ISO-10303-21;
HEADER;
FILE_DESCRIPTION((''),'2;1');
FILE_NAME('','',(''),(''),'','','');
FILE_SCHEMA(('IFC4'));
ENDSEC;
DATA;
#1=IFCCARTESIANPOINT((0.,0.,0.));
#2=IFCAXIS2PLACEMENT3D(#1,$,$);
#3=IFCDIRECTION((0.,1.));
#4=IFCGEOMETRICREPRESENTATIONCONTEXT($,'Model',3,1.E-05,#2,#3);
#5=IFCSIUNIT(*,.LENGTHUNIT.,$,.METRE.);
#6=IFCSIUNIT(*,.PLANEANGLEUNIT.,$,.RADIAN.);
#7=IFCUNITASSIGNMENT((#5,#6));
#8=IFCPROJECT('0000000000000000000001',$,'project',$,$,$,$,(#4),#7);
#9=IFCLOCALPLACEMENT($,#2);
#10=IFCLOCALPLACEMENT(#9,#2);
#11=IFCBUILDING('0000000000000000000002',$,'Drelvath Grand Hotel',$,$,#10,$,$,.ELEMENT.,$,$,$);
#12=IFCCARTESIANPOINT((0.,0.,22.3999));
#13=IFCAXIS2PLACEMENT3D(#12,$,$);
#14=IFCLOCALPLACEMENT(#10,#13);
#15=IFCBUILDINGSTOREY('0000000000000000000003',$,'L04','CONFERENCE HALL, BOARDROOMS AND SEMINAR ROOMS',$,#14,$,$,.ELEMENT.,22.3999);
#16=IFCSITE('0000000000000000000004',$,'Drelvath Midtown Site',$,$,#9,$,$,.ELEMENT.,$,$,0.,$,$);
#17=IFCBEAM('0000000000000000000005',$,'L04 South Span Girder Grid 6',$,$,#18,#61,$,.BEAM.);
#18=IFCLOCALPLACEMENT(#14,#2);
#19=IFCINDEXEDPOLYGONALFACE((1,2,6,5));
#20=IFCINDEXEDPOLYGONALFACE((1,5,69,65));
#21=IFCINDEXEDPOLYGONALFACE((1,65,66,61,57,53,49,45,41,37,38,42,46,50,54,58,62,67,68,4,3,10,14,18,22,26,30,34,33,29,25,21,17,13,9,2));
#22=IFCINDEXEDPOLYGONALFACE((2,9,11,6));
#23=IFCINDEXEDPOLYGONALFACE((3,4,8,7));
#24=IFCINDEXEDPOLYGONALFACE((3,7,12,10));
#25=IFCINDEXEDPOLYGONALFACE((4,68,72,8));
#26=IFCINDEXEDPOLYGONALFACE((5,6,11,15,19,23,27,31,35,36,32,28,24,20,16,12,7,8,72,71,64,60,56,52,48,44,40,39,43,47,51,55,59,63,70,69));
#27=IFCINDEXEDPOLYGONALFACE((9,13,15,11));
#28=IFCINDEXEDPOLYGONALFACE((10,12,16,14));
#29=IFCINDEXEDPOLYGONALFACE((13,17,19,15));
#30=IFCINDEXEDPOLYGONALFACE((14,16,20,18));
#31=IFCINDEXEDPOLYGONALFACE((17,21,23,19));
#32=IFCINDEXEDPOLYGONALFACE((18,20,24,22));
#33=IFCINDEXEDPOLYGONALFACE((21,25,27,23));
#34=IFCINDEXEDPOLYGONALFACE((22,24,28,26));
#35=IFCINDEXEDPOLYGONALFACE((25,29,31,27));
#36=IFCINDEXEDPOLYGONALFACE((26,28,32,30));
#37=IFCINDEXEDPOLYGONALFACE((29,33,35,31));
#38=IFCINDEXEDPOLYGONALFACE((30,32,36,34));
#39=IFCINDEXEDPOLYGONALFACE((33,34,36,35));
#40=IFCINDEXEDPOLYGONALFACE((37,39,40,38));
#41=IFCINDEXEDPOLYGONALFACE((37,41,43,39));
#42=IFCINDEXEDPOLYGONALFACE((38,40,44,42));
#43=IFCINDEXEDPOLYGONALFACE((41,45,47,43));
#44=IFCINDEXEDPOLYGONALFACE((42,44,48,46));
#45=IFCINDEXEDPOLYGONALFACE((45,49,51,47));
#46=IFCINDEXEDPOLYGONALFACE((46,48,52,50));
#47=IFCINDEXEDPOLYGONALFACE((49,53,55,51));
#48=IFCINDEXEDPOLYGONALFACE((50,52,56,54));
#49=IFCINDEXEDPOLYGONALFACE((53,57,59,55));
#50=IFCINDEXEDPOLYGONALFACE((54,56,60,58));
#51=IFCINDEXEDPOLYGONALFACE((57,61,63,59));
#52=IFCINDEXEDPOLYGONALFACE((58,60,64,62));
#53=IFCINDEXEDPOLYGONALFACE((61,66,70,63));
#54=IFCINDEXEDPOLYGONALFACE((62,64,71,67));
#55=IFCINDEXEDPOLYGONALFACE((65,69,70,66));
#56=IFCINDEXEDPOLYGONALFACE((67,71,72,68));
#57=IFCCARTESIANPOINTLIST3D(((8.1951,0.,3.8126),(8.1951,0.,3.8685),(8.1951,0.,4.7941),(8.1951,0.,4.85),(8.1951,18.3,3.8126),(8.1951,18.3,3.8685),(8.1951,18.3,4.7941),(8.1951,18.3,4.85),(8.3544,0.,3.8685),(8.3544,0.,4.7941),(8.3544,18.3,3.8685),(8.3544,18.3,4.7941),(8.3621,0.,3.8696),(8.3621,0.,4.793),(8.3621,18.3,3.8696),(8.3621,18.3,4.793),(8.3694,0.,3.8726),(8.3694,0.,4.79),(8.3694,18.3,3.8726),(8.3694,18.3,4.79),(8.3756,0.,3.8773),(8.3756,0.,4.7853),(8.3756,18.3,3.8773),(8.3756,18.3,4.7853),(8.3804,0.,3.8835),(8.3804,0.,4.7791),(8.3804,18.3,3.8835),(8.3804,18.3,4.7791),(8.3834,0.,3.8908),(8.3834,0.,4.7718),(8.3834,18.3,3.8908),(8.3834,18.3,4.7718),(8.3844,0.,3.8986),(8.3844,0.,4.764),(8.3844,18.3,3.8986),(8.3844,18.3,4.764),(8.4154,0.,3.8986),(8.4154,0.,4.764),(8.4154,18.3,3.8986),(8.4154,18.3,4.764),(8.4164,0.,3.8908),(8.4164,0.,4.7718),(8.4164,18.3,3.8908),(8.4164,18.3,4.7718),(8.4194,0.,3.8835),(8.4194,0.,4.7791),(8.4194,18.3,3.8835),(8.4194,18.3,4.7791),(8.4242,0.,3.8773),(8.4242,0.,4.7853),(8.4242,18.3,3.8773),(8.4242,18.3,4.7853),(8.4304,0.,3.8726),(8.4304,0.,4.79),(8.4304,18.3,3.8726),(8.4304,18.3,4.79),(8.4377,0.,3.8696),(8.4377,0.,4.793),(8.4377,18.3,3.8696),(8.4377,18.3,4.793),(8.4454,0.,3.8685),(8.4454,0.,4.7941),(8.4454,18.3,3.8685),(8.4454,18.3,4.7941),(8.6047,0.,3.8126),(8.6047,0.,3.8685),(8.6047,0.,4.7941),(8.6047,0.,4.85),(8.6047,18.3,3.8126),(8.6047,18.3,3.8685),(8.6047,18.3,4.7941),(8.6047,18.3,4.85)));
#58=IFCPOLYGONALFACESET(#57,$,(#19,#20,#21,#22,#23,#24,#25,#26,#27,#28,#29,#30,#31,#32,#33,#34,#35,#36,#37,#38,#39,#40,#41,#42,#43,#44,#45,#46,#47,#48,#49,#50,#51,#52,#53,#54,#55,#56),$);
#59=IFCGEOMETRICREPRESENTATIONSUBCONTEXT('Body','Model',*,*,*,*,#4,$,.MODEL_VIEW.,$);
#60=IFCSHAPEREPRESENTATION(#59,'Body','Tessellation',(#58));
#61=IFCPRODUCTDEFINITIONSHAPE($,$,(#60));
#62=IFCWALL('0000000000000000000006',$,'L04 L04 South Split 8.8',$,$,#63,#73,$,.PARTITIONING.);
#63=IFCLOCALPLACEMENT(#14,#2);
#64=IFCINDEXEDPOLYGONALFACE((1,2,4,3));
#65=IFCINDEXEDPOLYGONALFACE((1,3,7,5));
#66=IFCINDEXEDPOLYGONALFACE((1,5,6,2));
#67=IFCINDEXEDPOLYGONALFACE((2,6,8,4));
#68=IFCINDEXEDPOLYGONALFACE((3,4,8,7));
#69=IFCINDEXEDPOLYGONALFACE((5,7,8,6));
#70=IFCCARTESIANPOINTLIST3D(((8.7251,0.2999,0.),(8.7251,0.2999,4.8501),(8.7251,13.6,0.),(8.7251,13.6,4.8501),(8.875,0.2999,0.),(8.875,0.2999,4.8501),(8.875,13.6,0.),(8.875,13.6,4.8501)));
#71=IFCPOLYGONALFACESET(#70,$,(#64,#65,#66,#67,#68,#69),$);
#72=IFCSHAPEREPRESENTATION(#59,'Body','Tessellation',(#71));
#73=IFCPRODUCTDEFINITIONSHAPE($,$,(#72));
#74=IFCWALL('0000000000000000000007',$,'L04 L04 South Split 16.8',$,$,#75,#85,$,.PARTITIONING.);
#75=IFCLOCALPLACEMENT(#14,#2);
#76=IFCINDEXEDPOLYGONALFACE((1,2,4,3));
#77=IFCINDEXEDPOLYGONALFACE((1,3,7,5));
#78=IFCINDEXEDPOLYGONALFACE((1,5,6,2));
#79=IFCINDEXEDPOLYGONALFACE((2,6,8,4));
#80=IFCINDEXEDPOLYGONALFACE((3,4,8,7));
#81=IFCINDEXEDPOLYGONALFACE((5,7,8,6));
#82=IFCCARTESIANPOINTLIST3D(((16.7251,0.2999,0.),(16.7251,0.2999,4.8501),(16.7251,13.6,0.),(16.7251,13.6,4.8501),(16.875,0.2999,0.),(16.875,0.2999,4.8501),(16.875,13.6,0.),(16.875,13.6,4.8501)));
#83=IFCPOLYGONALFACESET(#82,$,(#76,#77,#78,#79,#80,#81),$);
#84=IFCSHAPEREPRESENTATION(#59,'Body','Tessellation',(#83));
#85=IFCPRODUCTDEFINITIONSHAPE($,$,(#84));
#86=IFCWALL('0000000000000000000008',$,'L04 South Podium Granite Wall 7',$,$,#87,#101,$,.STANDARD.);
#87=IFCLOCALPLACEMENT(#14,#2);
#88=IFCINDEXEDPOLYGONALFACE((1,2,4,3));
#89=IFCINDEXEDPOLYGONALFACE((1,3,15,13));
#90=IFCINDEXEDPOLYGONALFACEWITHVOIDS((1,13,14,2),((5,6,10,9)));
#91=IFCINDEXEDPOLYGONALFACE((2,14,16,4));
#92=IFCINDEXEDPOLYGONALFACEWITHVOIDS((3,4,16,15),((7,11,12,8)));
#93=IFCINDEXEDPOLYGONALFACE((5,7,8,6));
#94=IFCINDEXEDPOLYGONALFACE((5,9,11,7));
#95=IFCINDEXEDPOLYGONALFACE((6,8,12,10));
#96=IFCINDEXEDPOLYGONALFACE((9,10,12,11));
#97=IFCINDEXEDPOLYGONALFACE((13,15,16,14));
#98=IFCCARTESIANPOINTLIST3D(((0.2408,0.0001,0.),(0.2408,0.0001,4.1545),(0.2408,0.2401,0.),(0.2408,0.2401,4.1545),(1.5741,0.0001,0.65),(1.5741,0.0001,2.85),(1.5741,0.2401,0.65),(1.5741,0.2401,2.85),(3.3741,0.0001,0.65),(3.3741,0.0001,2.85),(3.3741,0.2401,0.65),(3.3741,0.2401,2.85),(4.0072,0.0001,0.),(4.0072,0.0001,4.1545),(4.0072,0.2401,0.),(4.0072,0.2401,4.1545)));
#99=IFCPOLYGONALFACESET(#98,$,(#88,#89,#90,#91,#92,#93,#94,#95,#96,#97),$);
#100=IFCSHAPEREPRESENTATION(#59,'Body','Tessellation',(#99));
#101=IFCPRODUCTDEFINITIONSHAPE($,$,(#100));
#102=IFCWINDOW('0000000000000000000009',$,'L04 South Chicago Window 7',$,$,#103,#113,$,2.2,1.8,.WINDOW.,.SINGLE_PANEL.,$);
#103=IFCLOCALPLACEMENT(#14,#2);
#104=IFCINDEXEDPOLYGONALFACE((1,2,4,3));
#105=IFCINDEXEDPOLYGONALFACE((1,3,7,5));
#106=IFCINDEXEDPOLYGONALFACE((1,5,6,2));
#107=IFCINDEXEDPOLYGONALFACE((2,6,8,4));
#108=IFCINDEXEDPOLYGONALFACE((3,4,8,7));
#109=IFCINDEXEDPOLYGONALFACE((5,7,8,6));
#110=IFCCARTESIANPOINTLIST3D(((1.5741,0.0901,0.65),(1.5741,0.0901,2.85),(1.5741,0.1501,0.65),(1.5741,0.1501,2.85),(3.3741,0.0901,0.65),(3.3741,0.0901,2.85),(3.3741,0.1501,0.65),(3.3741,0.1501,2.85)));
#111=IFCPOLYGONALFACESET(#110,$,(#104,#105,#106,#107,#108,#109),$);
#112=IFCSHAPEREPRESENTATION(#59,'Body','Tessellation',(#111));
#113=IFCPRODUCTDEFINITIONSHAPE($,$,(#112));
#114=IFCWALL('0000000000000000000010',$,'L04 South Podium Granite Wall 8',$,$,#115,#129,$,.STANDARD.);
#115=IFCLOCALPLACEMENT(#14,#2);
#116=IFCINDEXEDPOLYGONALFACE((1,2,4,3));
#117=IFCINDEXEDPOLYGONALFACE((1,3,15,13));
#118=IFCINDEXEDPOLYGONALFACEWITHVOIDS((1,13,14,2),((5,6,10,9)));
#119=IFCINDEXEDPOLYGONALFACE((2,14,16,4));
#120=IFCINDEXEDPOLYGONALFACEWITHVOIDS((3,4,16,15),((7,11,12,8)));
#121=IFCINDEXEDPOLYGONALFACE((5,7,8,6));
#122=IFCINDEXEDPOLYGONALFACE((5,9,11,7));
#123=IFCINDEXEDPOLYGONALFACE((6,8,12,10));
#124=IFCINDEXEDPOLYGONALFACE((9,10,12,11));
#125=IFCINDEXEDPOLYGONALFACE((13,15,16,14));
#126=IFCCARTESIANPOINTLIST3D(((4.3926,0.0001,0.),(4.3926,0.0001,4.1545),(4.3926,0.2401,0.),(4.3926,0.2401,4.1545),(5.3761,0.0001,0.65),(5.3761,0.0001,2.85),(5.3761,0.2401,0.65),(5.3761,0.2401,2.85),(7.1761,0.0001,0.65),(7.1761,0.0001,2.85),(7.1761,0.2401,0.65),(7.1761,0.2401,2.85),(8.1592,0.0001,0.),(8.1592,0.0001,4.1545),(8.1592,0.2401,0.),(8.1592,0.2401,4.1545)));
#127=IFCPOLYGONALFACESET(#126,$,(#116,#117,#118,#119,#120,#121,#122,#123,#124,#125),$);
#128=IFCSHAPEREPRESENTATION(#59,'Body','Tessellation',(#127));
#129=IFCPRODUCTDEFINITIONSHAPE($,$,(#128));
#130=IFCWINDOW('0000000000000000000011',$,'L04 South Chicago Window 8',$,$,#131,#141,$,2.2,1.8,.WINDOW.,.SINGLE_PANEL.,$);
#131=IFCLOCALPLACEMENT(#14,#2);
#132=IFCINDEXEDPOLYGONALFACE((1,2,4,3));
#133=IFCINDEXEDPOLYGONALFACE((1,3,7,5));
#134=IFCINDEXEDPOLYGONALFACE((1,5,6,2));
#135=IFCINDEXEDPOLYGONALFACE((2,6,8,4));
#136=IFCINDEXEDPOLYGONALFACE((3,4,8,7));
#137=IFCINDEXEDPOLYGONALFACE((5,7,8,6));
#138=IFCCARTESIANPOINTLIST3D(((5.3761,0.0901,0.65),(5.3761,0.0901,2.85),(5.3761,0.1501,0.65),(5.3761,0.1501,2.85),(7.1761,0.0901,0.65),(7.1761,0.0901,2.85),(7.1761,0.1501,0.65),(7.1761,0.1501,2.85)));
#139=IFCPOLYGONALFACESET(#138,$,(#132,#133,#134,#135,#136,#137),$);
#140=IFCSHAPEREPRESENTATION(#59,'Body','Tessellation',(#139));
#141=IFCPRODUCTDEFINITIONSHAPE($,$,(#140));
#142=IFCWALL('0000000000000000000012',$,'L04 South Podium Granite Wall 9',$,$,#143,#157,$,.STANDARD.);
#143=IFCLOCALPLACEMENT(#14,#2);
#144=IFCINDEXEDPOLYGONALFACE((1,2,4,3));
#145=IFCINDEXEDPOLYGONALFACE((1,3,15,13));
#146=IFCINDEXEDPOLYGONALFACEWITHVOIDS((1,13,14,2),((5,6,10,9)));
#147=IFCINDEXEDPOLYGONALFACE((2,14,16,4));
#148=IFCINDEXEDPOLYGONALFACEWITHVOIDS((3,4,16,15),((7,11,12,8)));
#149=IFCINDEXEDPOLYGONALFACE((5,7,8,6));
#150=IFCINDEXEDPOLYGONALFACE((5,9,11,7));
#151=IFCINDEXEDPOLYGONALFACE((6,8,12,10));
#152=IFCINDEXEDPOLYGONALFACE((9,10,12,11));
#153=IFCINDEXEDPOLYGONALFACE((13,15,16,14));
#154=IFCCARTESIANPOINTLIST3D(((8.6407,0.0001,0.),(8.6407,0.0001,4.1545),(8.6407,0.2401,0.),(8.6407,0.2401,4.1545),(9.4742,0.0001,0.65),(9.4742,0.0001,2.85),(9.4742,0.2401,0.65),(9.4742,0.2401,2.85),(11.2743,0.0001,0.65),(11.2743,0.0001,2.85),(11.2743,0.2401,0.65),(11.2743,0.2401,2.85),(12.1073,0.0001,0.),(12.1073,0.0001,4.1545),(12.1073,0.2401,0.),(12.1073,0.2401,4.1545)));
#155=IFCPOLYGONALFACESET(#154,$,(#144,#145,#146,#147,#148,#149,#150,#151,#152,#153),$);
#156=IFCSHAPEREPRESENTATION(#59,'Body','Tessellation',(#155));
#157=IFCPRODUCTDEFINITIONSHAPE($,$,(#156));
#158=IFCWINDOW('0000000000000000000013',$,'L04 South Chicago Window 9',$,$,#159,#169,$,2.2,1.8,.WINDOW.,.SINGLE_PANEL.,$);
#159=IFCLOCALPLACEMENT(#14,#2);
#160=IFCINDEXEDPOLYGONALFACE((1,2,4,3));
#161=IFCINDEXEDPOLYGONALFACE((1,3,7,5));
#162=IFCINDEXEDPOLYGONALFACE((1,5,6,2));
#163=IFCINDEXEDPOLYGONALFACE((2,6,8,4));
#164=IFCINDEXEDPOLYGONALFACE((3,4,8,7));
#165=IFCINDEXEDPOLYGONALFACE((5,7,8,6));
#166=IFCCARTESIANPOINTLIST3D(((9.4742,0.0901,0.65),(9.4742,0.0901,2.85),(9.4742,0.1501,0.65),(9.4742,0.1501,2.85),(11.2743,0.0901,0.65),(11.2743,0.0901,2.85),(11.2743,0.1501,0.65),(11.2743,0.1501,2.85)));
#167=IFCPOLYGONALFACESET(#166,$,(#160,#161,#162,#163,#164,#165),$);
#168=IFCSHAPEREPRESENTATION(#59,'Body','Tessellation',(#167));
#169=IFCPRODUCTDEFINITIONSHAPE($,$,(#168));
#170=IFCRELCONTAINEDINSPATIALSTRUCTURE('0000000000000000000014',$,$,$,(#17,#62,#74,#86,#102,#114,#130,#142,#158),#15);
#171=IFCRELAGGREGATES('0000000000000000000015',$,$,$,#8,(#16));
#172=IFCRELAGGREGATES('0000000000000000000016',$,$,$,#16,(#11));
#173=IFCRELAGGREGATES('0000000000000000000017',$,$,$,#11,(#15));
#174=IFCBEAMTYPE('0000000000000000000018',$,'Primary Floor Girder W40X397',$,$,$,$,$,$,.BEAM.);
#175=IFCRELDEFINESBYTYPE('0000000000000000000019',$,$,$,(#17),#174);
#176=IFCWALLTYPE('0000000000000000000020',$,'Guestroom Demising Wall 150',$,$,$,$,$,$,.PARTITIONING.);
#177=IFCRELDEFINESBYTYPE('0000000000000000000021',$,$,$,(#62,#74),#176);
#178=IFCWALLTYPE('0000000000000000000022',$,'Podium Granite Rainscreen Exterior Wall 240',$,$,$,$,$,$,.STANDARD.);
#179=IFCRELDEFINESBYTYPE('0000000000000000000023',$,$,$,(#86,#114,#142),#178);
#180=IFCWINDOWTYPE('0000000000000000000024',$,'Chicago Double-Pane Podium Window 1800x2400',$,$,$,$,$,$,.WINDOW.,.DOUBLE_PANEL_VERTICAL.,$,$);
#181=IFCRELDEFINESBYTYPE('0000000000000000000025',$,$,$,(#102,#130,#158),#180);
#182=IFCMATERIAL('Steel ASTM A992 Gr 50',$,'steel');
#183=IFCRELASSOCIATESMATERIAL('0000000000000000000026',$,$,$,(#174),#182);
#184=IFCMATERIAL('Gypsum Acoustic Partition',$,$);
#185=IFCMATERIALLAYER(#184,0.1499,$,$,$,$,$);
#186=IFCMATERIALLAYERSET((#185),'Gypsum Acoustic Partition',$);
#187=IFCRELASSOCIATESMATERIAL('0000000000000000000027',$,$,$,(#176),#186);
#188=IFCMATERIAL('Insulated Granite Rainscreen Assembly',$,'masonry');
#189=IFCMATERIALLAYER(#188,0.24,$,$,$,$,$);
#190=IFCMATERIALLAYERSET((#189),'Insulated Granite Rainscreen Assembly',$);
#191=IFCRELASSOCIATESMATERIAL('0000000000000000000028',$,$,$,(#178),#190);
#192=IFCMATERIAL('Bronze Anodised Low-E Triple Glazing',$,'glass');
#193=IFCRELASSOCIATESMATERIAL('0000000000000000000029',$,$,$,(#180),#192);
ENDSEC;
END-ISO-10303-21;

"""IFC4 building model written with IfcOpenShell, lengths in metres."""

from ifc_helpers import new_model, si_unit, direction, frame, frame_2d, origin, origin_2d, place, context, subcontext, project, spatial, rectangle, i_section, extrude, material, layer, layer_set, material_profile, profile_set, type_object, element, fill, save


model = new_model("IFC4")

# Units and contexts
model_context = context("Model", 3, precision=1e-05, world=origin(), true_north=direction((0.0, 1.0)))
body_context = subcontext(model_context, "Body", "Model", "MODEL_VIEW")
ifc_project = project(units=[si_unit("LENGTHUNIT", "METRE"), si_unit("PLANEANGLEUNIT", "RADIAN")], contexts=[model_context])

# Site, building, storey
site_placement = place(None, origin())
site = spatial("IfcSite", under=ifc_project, at=site_placement, Name="Drelvath Midtown Site", CompositionType="ELEMENT", RefElevation=0.0)
building_placement = place(site_placement, origin())
building = spatial("IfcBuilding", under=site, at=building_placement, Name="Drelvath Grand Hotel", CompositionType="ELEMENT")
storey_placement = place(building_placement, frame((0.0, 0.0, 22.3999)))
storey = spatial("IfcBuildingStorey", under=building, at=storey_placement, Name="L04", Description="CONFERENCE HALL, BOARDROOMS AND SEMINAR ROOMS", CompositionType="ELEMENT", Elevation=22.3999)

# Beam
ifc_material_1 = material(Name="Steel ASTM A992 Gr 50", Category="steel")
ifc_material_profile_1 = material_profile(ifc_material_1, i_section(OverallWidth=0.4097, OverallDepth=1.0374, WebThickness=0.031, FlangeThickness=0.0559, FilletRadius=0.03, at=origin_2d()), Name="W40X397")
ifc_profile_set_1 = profile_set([ifc_material_profile_1], Name="Steel ASTM A992 Gr 50")
beam_type_1 = type_object("IfcBeamType", Name="Primary Floor Girder W40X397", PredefinedType="BEAM", material=ifc_profile_set_1)
beam_1_placement = place(storey_placement, frame((8.3999, 0.0, 4.3313), z_axis=(0.0, 1.0, 0.0), x_axis=(-1.0, 0.0, 0.0)))
element("IfcBeam", 1, at=beam_1_placement, inside=storey, type_object=beam_type_1, Name="L04 South Span Girder Grid 6", PredefinedType="BEAM", context=body_context, shape_type="SweptSolid", body=[
    extrude(i_section(OverallWidth=0.4097, OverallDepth=1.0374, WebThickness=0.031, FlangeThickness=0.0559, FilletRadius=0.03, at=origin_2d()), origin(), (0.0, 0.0, 1.0), 18.3),
])

# Walls
ifc_material_2 = material(Name="Gypsum Acoustic Partition")
ifc_layer_1 = layer(ifc_material_2, 0.1499)
ifc_layer_set_1 = layer_set([ifc_layer_1], Name="Gypsum Acoustic Partition")
wall_type_1 = type_object("IfcWallType", Name="Guestroom Demising Wall 150", PredefinedType="PARTITIONING", material=ifc_layer_set_1)
for number, where, z_axis, x_axis, name in (
    (2, (8.8, 0.3, 0.0), (0.0, 0.0, 1.0), (0.0, 1.0, 0.0), "L04 L04 South Split 8.8"),
    (3, (16.8, 0.3, 0.0), (0.0, 0.0, 1.0), (0.0, 1.0, 0.0), "L04 L04 South Split 16.8"),
):
    element("IfcWall", number, at=place(storey_placement, frame(where, z_axis=z_axis, x_axis=x_axis)), inside=storey, type_object=wall_type_1, Name=name, PredefinedType="PARTITIONING", context=body_context, shape_type="SweptSolid", body=[
        extrude(rectangle(XDim=13.3, YDim=0.1499, at=frame_2d((6.6499, 0.0))), origin(), (0.0, 0.0, 1.0), 4.8501),
    ])

# Walls, openings, windows
ifc_material_3 = material(Name="Insulated Granite Rainscreen Assembly", Category="masonry")
ifc_layer_2 = layer(ifc_material_3, 0.24)
ifc_layer_set_2 = layer_set([ifc_layer_2], Name="Insulated Granite Rainscreen Assembly")
wall_type_2 = type_object("IfcWallType", Name="Podium Granite Rainscreen Exterior Wall 240", PredefinedType="STANDARD", material=ifc_layer_set_2)
wall_1_placement = place(storey_placement, frame((4.0073, 0.1201, 0.0), z_axis=(0.0, 0.0, 1.0), x_axis=(-1.0, 0.0, 0.0)))
wall_1 = element("IfcWall", 4, at=wall_1_placement, inside=storey, type_object=wall_type_2, Name="L04 South Podium Granite Wall 7", PredefinedType="STANDARD", context=body_context, shape_type="SweptSolid", body=[
    extrude(rectangle(XDim=3.7664, YDim=0.24, at=frame_2d((1.8833, 0.0))), origin(), (0.0, 0.0, 1.0), 4.1545),
])
opening_1_placement = place(wall_1_placement, frame((0.6333, 0.0, 0.6499)))
opening_1 = element("IfcOpeningElement", 5, at=opening_1_placement, cuts=wall_1, PredefinedType="OPENING", context=body_context, shape_type="SweptSolid", body=[
    extrude(rectangle(XDim=1.8, YDim=2.2, at=frame_2d((0.8999, 1.1001))), frame((0.0, 0.1299, 0.0), z_axis=(0.0, -1.0, 0.0), x_axis=(1.0, 0.0, 0.0)), (0.0, 0.0, 1.0), 0.26),
])
ifc_material_4 = material(Name="Bronze Anodised Low-E Triple Glazing", Category="glass")
window_type = type_object("IfcWindowType", Name="Chicago Double-Pane Podium Window 1800x2400", PartitioningType="DOUBLE_PANEL_VERTICAL", PredefinedType="WINDOW", material=ifc_material_4)
window_1_placement = place(opening_1_placement, origin())
window_1 = element("IfcWindow", 6, at=window_1_placement, inside=storey, type_object=window_type, Name="L04 South Chicago Window 7", OverallHeight=2.2, OverallWidth=1.8, PartitioningType="SINGLE_PANEL", PredefinedType="WINDOW", context=body_context, shape_type="SweptSolid", body=[
    extrude(rectangle(XDim=1.8, YDim=2.2, at=frame_2d((0.8999, 1.1001))), frame((0.0, 0.03, 0.0), z_axis=(0.0, -1.0, 0.0), x_axis=(1.0, 0.0, 0.0)), (0.0, 0.0, 1.0), 0.0601),
])
fill(opening_1, window_1)
wall_2_placement = place(storey_placement, frame((8.1592, 0.1201, 0.0), z_axis=(0.0, 0.0, 1.0), x_axis=(-1.0, 0.0, 0.0)))
wall_2 = element("IfcWall", 7, at=wall_2_placement, inside=storey, type_object=wall_type_2, Name="L04 South Podium Granite Wall 8", PredefinedType="STANDARD", context=body_context, shape_type="SweptSolid", body=[
    extrude(rectangle(XDim=3.7666, YDim=0.24, at=frame_2d((1.8833, 0.0))), origin(), (0.0, 0.0, 1.0), 4.1545),
])
opening_2_placement = place(wall_2_placement, frame((0.9832, 0.0, 0.6499)))
opening_2 = element("IfcOpeningElement", 8, at=opening_2_placement, cuts=wall_2, PredefinedType="OPENING", context=body_context, shape_type="SweptSolid", body=[
    extrude(rectangle(XDim=1.8, YDim=2.2, at=frame_2d((0.8999, 1.1001))), frame((0.0, 0.1299, 0.0), z_axis=(0.0, -1.0, 0.0), x_axis=(1.0, 0.0, 0.0)), (0.0, 0.0, 1.0), 0.26),
])
window_2_placement = place(opening_2_placement, origin())
window_2 = element("IfcWindow", 9, at=window_2_placement, inside=storey, type_object=window_type, Name="L04 South Chicago Window 8", OverallHeight=2.2, OverallWidth=1.8, PartitioningType="SINGLE_PANEL", PredefinedType="WINDOW", context=body_context, shape_type="SweptSolid", body=[
    extrude(rectangle(XDim=1.8, YDim=2.2, at=frame_2d((0.8999, 1.1001))), frame((0.0, 0.03, 0.0), z_axis=(0.0, -1.0, 0.0), x_axis=(1.0, 0.0, 0.0)), (0.0, 0.0, 1.0), 0.0601),
])
fill(opening_2, window_2)
wall_3_placement = place(storey_placement, frame((12.1074, 0.1201, 0.0), z_axis=(0.0, 0.0, 1.0), x_axis=(-1.0, 0.0, 0.0)))
wall_3 = element("IfcWall", 10, at=wall_3_placement, inside=storey, type_object=wall_type_2, Name="L04 South Podium Granite Wall 9", PredefinedType="STANDARD", context=body_context, shape_type="SweptSolid", body=[
    extrude(rectangle(XDim=3.4666, YDim=0.24, at=frame_2d((1.7334, 0.0))), origin(), (0.0, 0.0, 1.0), 4.1545),
])
opening_3_placement = place(wall_3_placement, frame((0.8333, 0.0, 0.6499)))
opening_3 = element("IfcOpeningElement", 11, at=opening_3_placement, cuts=wall_3, PredefinedType="OPENING", context=body_context, shape_type="SweptSolid", body=[
    extrude(rectangle(XDim=1.8, YDim=2.2, at=frame_2d((0.8999, 1.1001))), frame((0.0, 0.1299, 0.0), z_axis=(0.0, -1.0, 0.0), x_axis=(1.0, 0.0, 0.0)), (0.0, 0.0, 1.0), 0.26),
])
window_3_placement = place(opening_3_placement, origin())
window_3 = element("IfcWindow", 12, at=window_3_placement, inside=storey, type_object=window_type, Name="L04 South Chicago Window 9", OverallHeight=2.2, OverallWidth=1.8, PartitioningType="SINGLE_PANEL", PredefinedType="WINDOW", context=body_context, shape_type="SweptSolid", body=[
    extrude(rectangle(XDim=1.8, YDim=2.2, at=frame_2d((0.8999, 1.1001))), frame((0.0, 0.03, 0.0), z_axis=(0.0, -1.0, 0.0), x_axis=(1.0, 0.0, 0.0)), (0.0, 0.0, 1.0), 0.0601),
])
fill(opening_3, window_3)

save(model, "model.ifc")
